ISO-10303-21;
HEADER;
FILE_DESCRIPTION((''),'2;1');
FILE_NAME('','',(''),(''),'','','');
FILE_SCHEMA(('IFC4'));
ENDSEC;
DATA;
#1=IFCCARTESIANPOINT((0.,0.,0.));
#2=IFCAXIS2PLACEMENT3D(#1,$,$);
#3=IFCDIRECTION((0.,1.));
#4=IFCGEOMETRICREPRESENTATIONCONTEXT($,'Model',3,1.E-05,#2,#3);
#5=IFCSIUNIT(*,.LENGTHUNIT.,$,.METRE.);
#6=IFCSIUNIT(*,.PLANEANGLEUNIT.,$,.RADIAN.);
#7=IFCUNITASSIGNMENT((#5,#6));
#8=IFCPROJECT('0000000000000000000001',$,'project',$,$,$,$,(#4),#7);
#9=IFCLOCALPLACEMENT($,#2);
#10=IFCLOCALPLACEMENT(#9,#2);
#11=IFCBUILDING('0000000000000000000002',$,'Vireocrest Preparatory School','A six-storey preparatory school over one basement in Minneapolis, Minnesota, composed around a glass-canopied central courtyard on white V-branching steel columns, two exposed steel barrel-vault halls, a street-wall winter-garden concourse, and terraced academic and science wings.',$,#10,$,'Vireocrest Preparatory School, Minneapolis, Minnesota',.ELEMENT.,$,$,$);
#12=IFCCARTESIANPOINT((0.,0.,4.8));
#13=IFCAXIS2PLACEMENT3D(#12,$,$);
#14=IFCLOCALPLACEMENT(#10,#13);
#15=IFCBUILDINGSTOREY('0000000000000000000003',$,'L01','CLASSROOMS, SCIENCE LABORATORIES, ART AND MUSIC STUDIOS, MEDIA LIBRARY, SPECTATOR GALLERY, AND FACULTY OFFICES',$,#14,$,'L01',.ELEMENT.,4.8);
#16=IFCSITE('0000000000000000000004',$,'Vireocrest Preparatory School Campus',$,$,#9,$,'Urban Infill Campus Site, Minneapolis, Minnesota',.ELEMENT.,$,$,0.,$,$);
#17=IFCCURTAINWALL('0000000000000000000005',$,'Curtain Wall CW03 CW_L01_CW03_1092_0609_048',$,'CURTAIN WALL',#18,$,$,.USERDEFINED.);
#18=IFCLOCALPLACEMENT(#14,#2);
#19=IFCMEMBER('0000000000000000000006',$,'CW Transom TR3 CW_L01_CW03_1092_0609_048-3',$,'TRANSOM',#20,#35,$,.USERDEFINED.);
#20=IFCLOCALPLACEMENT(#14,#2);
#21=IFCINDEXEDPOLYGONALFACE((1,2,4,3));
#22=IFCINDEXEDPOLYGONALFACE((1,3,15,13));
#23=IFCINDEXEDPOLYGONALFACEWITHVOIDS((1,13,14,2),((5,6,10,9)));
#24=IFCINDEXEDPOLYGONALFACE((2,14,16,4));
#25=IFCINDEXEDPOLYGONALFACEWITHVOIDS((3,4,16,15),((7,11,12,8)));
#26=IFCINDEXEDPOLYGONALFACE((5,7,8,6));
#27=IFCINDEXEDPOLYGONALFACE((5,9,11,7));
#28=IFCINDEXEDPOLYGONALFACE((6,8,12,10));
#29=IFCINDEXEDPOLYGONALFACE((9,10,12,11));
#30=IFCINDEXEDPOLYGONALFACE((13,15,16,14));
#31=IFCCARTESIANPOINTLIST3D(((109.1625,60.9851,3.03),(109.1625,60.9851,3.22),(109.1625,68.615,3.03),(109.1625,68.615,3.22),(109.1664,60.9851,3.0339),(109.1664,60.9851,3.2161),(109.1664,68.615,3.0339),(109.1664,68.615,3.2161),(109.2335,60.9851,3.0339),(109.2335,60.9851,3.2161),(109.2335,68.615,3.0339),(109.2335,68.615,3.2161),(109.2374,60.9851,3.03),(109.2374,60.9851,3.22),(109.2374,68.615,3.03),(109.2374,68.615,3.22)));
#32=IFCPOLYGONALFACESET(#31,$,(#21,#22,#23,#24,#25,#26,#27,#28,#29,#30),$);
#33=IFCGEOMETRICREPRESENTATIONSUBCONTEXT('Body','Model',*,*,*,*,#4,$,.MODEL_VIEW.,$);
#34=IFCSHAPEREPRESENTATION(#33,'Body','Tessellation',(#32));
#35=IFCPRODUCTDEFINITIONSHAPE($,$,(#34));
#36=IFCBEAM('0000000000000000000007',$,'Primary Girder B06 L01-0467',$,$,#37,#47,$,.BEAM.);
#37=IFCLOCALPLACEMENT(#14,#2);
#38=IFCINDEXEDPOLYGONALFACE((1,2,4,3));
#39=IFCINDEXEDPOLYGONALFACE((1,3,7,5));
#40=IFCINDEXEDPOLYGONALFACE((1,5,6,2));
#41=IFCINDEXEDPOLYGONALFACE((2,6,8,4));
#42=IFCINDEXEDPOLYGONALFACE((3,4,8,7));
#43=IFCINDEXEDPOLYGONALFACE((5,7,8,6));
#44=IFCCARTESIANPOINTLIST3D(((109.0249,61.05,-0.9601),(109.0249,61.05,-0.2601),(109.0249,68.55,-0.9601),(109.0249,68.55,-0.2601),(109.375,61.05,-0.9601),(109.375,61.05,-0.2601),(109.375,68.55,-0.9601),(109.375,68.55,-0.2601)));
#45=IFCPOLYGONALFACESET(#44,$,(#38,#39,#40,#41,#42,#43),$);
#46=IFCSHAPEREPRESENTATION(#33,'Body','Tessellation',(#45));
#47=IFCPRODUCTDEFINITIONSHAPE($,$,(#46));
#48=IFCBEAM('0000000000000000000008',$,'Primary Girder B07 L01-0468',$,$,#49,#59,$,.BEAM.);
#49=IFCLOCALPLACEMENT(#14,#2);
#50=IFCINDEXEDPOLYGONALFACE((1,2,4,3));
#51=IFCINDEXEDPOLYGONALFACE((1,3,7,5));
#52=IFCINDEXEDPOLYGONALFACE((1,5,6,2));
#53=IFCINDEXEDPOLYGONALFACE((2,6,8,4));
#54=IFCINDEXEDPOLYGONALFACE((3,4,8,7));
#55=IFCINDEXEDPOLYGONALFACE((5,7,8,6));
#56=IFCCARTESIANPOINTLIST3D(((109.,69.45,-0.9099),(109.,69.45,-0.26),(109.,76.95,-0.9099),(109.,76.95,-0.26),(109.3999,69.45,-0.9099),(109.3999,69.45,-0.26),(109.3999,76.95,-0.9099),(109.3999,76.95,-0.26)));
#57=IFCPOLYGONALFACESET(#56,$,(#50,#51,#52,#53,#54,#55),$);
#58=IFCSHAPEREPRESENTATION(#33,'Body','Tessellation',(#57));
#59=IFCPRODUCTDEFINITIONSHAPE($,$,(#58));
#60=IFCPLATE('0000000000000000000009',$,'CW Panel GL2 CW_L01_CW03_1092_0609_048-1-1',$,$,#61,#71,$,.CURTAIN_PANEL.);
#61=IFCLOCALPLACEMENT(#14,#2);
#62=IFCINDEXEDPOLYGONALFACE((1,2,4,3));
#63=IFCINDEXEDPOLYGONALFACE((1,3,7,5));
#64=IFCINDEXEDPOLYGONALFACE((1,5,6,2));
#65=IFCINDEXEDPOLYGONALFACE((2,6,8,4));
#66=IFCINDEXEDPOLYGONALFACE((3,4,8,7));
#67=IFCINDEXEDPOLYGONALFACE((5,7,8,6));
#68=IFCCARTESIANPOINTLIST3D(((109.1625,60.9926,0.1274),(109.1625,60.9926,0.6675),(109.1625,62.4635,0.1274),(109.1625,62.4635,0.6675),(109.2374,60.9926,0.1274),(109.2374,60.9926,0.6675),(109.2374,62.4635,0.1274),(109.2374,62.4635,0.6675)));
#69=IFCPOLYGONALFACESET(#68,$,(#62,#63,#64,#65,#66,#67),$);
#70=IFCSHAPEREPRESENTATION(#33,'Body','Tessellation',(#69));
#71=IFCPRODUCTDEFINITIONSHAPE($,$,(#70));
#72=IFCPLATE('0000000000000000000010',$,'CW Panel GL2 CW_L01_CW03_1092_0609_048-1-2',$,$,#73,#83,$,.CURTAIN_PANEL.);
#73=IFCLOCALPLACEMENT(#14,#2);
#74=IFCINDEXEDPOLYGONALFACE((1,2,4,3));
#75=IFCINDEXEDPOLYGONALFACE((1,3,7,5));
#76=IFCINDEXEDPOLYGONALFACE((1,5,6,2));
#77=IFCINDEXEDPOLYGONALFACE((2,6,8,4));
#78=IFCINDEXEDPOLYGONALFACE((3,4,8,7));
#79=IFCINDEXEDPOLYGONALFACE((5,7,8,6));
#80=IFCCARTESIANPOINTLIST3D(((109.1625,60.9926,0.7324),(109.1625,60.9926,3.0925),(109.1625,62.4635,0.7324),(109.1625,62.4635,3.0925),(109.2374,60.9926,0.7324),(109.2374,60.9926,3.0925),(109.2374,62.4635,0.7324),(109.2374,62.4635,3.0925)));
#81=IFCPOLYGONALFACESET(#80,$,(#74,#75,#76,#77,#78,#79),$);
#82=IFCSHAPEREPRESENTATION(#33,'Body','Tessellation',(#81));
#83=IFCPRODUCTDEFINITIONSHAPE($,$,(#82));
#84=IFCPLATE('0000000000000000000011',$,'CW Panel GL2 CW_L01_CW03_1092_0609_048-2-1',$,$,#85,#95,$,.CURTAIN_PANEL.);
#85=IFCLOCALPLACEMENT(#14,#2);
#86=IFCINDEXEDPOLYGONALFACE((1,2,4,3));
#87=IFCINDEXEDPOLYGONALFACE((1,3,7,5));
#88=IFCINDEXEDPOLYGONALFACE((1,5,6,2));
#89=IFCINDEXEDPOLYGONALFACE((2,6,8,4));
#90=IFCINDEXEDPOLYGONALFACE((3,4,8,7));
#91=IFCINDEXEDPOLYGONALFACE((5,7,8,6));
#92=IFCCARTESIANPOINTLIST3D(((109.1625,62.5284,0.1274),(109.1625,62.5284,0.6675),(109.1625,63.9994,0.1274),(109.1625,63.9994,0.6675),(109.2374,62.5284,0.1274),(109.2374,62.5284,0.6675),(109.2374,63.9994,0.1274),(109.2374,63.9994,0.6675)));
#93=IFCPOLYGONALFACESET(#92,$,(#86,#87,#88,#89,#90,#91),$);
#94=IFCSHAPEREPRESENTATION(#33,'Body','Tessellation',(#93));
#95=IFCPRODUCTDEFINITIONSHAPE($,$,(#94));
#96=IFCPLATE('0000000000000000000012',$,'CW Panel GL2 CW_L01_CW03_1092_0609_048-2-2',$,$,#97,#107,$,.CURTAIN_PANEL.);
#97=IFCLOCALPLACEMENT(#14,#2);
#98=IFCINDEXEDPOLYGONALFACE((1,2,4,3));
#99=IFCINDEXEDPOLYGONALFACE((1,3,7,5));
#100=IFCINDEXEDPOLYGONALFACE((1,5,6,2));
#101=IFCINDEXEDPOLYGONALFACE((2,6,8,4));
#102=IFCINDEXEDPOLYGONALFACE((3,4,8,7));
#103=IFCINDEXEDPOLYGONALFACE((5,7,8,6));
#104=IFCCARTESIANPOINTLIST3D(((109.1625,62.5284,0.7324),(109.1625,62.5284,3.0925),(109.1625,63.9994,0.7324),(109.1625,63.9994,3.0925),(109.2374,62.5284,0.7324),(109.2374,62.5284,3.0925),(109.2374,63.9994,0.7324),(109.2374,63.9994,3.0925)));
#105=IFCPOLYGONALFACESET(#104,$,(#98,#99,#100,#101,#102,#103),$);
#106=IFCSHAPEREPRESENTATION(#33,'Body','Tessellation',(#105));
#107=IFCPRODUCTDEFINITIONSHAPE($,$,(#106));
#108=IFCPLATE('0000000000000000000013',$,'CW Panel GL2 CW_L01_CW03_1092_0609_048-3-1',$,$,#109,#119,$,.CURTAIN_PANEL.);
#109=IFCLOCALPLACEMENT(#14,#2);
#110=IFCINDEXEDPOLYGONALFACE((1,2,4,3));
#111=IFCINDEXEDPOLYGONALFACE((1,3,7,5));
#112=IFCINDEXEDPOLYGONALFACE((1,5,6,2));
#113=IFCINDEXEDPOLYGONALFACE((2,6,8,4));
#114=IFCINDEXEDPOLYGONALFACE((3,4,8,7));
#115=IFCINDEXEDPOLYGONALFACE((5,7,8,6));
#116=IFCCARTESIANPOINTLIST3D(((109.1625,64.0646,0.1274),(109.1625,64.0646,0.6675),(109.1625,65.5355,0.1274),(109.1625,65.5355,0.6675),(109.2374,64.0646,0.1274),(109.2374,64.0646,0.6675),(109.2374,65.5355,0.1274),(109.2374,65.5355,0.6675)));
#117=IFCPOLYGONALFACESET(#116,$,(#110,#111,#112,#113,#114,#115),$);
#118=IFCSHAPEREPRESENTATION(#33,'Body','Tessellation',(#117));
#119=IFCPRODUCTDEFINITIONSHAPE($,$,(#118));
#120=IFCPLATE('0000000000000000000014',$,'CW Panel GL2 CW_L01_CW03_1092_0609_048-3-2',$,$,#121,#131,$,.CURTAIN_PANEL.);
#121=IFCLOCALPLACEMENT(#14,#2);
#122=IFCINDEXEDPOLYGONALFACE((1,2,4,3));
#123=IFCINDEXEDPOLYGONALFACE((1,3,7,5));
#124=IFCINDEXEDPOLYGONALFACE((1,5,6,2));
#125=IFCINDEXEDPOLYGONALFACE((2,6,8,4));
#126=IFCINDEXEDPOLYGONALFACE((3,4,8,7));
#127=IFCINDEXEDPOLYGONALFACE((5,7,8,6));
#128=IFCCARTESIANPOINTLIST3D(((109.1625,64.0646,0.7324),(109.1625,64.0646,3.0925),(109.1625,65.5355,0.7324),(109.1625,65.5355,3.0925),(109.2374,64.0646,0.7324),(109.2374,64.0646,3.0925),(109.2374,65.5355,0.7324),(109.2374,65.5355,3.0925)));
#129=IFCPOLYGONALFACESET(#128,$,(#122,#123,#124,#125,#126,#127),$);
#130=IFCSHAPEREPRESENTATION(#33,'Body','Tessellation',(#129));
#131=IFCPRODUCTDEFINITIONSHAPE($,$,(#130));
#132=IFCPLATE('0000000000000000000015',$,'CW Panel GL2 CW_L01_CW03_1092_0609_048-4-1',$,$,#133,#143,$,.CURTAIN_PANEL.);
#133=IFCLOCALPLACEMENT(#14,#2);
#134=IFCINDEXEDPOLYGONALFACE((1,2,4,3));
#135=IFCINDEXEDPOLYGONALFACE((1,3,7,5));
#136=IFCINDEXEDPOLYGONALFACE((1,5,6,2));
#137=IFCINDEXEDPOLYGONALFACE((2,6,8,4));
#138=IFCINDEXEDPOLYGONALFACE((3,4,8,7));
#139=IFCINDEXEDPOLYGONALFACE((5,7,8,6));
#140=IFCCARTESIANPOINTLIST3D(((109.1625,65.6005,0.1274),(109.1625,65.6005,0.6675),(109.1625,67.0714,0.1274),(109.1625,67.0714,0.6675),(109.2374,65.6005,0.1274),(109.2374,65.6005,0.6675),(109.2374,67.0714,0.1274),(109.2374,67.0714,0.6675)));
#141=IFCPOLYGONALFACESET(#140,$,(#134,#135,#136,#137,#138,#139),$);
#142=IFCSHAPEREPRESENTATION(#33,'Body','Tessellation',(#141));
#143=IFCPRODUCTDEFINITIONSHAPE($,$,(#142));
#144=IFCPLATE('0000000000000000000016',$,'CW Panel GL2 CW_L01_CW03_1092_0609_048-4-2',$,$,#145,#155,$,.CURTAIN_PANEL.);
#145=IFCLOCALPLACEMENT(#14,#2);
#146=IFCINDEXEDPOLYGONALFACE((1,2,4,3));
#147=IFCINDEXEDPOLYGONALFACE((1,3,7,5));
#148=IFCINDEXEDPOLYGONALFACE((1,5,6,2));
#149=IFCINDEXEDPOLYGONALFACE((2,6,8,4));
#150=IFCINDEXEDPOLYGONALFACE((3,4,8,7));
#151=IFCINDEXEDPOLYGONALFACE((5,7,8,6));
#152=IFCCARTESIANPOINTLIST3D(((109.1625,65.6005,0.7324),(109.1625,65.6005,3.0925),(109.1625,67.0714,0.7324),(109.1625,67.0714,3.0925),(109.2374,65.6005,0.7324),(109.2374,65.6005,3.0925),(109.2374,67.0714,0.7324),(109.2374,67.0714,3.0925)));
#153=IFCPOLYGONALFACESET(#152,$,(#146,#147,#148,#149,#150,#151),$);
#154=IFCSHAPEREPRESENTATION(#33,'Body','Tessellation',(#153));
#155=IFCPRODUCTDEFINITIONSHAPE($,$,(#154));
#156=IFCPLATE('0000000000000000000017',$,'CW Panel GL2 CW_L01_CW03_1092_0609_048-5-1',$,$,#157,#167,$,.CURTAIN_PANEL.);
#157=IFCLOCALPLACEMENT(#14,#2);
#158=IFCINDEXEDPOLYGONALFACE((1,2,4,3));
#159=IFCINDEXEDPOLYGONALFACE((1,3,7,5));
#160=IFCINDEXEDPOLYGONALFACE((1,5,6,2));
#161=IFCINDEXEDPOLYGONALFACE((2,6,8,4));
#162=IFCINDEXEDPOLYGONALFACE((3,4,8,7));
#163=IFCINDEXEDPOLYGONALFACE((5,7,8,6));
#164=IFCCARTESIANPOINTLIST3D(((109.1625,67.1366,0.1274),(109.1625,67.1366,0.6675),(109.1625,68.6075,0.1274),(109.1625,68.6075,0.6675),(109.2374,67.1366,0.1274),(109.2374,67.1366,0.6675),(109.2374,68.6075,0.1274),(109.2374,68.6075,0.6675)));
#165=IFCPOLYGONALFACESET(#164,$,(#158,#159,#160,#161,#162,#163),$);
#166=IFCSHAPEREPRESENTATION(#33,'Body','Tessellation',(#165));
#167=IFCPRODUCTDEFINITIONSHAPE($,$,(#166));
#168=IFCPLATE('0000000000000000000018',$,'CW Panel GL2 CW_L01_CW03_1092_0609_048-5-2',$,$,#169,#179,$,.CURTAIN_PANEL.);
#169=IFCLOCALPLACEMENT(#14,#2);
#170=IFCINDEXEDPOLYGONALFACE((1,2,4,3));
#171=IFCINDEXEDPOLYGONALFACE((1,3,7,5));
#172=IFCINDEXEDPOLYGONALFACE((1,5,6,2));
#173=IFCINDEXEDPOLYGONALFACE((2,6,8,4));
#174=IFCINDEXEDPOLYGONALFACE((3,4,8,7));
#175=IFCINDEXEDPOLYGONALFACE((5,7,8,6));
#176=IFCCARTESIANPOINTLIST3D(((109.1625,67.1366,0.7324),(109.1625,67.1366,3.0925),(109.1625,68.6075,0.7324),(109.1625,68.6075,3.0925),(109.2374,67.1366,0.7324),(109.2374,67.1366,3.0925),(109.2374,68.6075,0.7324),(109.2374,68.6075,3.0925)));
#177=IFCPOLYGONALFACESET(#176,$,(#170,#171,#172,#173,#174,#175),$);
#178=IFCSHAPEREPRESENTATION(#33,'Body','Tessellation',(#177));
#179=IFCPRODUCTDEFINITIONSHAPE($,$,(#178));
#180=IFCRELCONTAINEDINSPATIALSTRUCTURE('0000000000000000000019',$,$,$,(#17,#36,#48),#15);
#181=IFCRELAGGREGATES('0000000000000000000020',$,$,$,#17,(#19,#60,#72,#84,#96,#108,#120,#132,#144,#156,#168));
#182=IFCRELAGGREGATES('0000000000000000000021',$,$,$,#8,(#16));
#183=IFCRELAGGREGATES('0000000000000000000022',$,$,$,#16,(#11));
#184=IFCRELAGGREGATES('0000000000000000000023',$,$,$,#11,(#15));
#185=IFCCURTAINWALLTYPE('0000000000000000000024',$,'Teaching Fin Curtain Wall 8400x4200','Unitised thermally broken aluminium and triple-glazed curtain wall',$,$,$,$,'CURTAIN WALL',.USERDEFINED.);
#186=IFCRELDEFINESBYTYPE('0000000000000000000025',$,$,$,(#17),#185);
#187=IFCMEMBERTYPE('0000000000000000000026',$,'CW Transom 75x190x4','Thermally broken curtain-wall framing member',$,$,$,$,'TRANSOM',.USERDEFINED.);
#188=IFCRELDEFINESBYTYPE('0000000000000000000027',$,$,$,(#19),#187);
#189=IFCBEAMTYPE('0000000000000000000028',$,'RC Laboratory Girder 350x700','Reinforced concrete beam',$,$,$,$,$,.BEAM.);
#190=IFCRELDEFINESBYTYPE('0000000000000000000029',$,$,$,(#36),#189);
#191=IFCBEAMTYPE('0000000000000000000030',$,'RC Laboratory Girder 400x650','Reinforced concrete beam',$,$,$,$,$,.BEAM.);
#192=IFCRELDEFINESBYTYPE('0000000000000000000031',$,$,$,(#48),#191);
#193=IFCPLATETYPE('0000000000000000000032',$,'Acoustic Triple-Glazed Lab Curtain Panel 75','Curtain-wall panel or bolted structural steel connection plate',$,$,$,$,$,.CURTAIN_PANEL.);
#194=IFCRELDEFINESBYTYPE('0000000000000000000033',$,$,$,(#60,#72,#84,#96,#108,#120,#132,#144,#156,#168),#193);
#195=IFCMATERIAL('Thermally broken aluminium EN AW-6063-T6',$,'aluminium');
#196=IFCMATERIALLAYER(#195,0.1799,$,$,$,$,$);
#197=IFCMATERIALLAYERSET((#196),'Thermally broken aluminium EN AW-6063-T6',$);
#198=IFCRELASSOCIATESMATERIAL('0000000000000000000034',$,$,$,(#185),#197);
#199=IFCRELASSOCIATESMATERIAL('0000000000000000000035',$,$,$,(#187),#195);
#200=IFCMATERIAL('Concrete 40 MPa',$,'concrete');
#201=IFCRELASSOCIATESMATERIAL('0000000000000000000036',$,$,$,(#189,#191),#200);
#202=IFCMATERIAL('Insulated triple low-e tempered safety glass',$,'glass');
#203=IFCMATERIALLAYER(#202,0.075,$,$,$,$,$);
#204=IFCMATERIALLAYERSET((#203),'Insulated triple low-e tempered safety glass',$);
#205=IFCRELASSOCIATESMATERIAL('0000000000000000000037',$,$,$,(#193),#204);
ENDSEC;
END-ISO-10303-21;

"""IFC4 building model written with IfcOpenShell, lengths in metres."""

from ifc_helpers import new_model, si_unit, direction, frame, origin, origin_2d, place, context, subcontext, project, spatial, rectangle, hollow_rectangle, extrude, material, layer, layer_set, material_profile, profile_set, type_object, element, aggregate, save


model = new_model("IFC4")

# Units and contexts
model_context = context("Model", 3, precision=1e-05, world=origin(), true_north=direction((0.0, 1.0)))
body_context = subcontext(model_context, "Body", "Model", "MODEL_VIEW")
ifc_project = project(units=[si_unit("LENGTHUNIT", "METRE"), si_unit("PLANEANGLEUNIT", "RADIAN")], contexts=[model_context])

# Site, building, storey
site_placement = place(None, origin())
site = spatial("IfcSite", under=ifc_project, at=site_placement, Name="Vireocrest Preparatory School Campus", LongName="Urban Infill Campus Site, Minneapolis, Minnesota", CompositionType="ELEMENT", RefElevation=0.0)
building_placement = place(site_placement, origin())
building = spatial("IfcBuilding", under=site, at=building_placement, Name="Vireocrest Preparatory School", Description="A six-storey preparatory school over one basement in Minneapolis, Minnesota, composed around a glass-canopied central courtyard on white V-branching steel columns, two exposed steel barrel-vault halls, a street-wall winter-garden concourse, and terraced academic and science wings.", LongName="Vireocrest Preparatory School, Minneapolis, Minnesota", CompositionType="ELEMENT")
storey_placement = place(building_placement, frame((0.0, 0.0, 4.8)))
storey = spatial("IfcBuildingStorey", under=building, at=storey_placement, Name="L01", Description="CLASSROOMS, SCIENCE LABORATORIES, ART AND MUSIC STUDIOS, MEDIA LIBRARY, SPECTATOR GALLERY, AND FACULTY OFFICES", LongName="L01", CompositionType="ELEMENT", Elevation=4.8)

# Shared definitions
ifc_material_1 = material(Name="Thermally broken aluminium EN AW-6063-T6", Category="aluminium")
ifc_layer_1 = layer(ifc_material_1, 0.1799)
ifc_layer_set_1 = layer_set([ifc_layer_1], Name="Thermally broken aluminium EN AW-6063-T6")
curtain_wall_type = type_object("IfcCurtainWallType", Name="Teaching Fin Curtain Wall 8400x4200", Description="Unitised thermally broken aluminium and triple-glazed curtain wall", ElementType="CURTAIN WALL", PredefinedType="USERDEFINED", material=ifc_layer_set_1)

# Curtain wall, member
curtain_wall_1_placement = place(storey_placement, origin())
curtain_wall_1 = element("IfcCurtainWall", 1, at=curtain_wall_1_placement, inside=storey, type_object=curtain_wall_type, Name="Curtain Wall CW03 CW_L01_CW03_1092_0609_048", ObjectType="CURTAIN WALL", PredefinedType="USERDEFINED")
ifc_material_profile_1 = material_profile(ifc_material_1, hollow_rectangle(XDim=0.075, YDim=0.1899, WallThickness=0.0039, at=origin_2d()), Name="ALU 75x190x4")
ifc_profile_set_1 = profile_set([ifc_material_profile_1], Name="Thermally broken aluminium EN AW-6063-T6")
member_type_1 = type_object("IfcMemberType", Name="CW Transom 75x190x4", Description="Thermally broken curtain-wall framing member", ElementType="TRANSOM", PredefinedType="USERDEFINED", material=ifc_profile_set_1)
member_1_placement = place(storey_placement, frame((109.2, 60.9851, 3.125), z_axis=(0.0, 1.0, 0.0), x_axis=(-1.0, 0.0, 0.0)))
member_1 = element("IfcMember", 2, at=member_1_placement, type_object=member_type_1, Name="CW Transom TR3 CW_L01_CW03_1092_0609_048-3", ObjectType="TRANSOM", PredefinedType="USERDEFINED", context=body_context, shape_type="SweptSolid", body=[
    extrude(hollow_rectangle(XDim=0.075, YDim=0.1899, WallThickness=0.0039, at=origin_2d()), origin(), (0.0, 0.0, 1.0), 7.6299),
])

# Beams
ifc_material_2 = material(Name="Concrete 40 MPa", Category="concrete")
ifc_material_profile_2 = material_profile(ifc_material_2, rectangle(XDim=0.3501, YDim=0.7, at=origin_2d()), Name="RC 350x700")
ifc_profile_set_2 = profile_set([ifc_material_profile_2], Name="Concrete 40 MPa")
beam_type_1 = type_object("IfcBeamType", Name="RC Laboratory Girder 350x700", Description="Reinforced concrete beam", PredefinedType="BEAM", material=ifc_profile_set_2)
beam_1_placement = place(storey_placement, frame((109.2, 61.05, -0.6101), z_axis=(0.0, 1.0, 0.0), x_axis=(-1.0, 0.0, 0.0)))
element("IfcBeam", 3, at=beam_1_placement, inside=storey, type_object=beam_type_1, Name="Primary Girder B06 L01-0467", PredefinedType="BEAM", context=body_context, shape_type="SweptSolid", body=[
    extrude(rectangle(XDim=0.3501, YDim=0.7, at=origin_2d()), origin(), (0.0, 0.0, 1.0), 7.5),
])
ifc_material_profile_3 = material_profile(ifc_material_2, rectangle(XDim=0.3999, YDim=0.6499, at=origin_2d()), Name="RC 400x650")
ifc_profile_set_3 = profile_set([ifc_material_profile_3], Name="Concrete 40 MPa")
beam_type_2 = type_object("IfcBeamType", Name="RC Laboratory Girder 400x650", Description="Reinforced concrete beam", PredefinedType="BEAM", material=ifc_profile_set_3)
beam_2_placement = place(storey_placement, frame((109.2, 69.45, -0.585), z_axis=(0.0, 1.0, 0.0), x_axis=(-1.0, 0.0, 0.0)))
element("IfcBeam", 4, at=beam_2_placement, inside=storey, type_object=beam_type_2, Name="Primary Girder B07 L01-0468", PredefinedType="BEAM", context=body_context, shape_type="SweptSolid", body=[
    extrude(rectangle(XDim=0.3999, YDim=0.6499, at=origin_2d()), origin(), (0.0, 0.0, 1.0), 7.5),
])

# Plates
ifc_material_3 = material(Name="Insulated triple low-e tempered safety glass", Category="glass")
ifc_layer_2 = layer(ifc_material_3, 0.075)
ifc_layer_set_2 = layer_set([ifc_layer_2], Name="Insulated triple low-e tempered safety glass")
plate_type = type_object("IfcPlateType", Name="Acoustic Triple-Glazed Lab Curtain Panel 75", Description="Curtain-wall panel or bolted structural steel connection plate", PredefinedType="CURTAIN_PANEL", material=ifc_layer_set_2)
plate_1_placement = place(storey_placement, frame((109.2, 61.728, 0.1274), z_axis=(0.0, 0.0, 1.0), x_axis=(0.0, 1.0, 0.0)))
plate_1 = element("IfcPlate", 5, at=plate_1_placement, type_object=plate_type, Name="CW Panel GL2 CW_L01_CW03_1092_0609_048-1-1", PredefinedType="CURTAIN_PANEL", context=body_context, shape_type="SweptSolid", body=[
    extrude(rectangle(XDim=1.4709, YDim=0.075, at=origin_2d()), origin(), (0.0, 0.0, 1.0), 0.54),
])
plate_2_placement = place(storey_placement, frame((109.2, 61.728, 0.7324), z_axis=(0.0, 0.0, 1.0), x_axis=(0.0, 1.0, 0.0)))
plate_2 = element("IfcPlate", 6, at=plate_2_placement, type_object=plate_type, Name="CW Panel GL2 CW_L01_CW03_1092_0609_048-1-2", PredefinedType="CURTAIN_PANEL", context=body_context, shape_type="SweptSolid", body=[
    extrude(rectangle(XDim=1.4709, YDim=0.075, at=origin_2d()), origin(), (0.0, 0.0, 1.0), 2.3601),
])
plate_3_placement = place(storey_placement, frame((109.2, 63.2639, 0.1274), z_axis=(0.0, 0.0, 1.0), x_axis=(0.0, 1.0, 0.0)))
plate_3 = element("IfcPlate", 7, at=plate_3_placement, type_object=plate_type, Name="CW Panel GL2 CW_L01_CW03_1092_0609_048-2-1", PredefinedType="CURTAIN_PANEL", context=body_context, shape_type="SweptSolid", body=[
    extrude(rectangle(XDim=1.4709, YDim=0.075, at=origin_2d()), origin(), (0.0, 0.0, 1.0), 0.54),
])
plate_4_placement = place(storey_placement, frame((109.2, 63.2639, 0.7324), z_axis=(0.0, 0.0, 1.0), x_axis=(0.0, 1.0, 0.0)))
plate_4 = element("IfcPlate", 8, at=plate_4_placement, type_object=plate_type, Name="CW Panel GL2 CW_L01_CW03_1092_0609_048-2-2", PredefinedType="CURTAIN_PANEL", context=body_context, shape_type="SweptSolid", body=[
    extrude(rectangle(XDim=1.4709, YDim=0.075, at=origin_2d()), origin(), (0.0, 0.0, 1.0), 2.3601),
])
plate_5_placement = place(storey_placement, frame((109.2, 64.8, 0.1274), z_axis=(0.0, 0.0, 1.0), x_axis=(0.0, 1.0, 0.0)))
plate_5 = element("IfcPlate", 9, at=plate_5_placement, type_object=plate_type, Name="CW Panel GL2 CW_L01_CW03_1092_0609_048-3-1", PredefinedType="CURTAIN_PANEL", context=body_context, shape_type="SweptSolid", body=[
    extrude(rectangle(XDim=1.4709, YDim=0.075, at=origin_2d()), origin(), (0.0, 0.0, 1.0), 0.54),
])
plate_6_placement = place(storey_placement, frame((109.2, 64.8, 0.7324), z_axis=(0.0, 0.0, 1.0), x_axis=(0.0, 1.0, 0.0)))
plate_6 = element("IfcPlate", 10, at=plate_6_placement, type_object=plate_type, Name="CW Panel GL2 CW_L01_CW03_1092_0609_048-3-2", PredefinedType="CURTAIN_PANEL", context=body_context, shape_type="SweptSolid", body=[
    extrude(rectangle(XDim=1.4709, YDim=0.075, at=origin_2d()), origin(), (0.0, 0.0, 1.0), 2.3601),
])
plate_7_placement = place(storey_placement, frame((109.2, 66.3359, 0.1274), z_axis=(0.0, 0.0, 1.0), x_axis=(0.0, 1.0, 0.0)))
plate_7 = element("IfcPlate", 11, at=plate_7_placement, type_object=plate_type, Name="CW Panel GL2 CW_L01_CW03_1092_0609_048-4-1", PredefinedType="CURTAIN_PANEL", context=body_context, shape_type="SweptSolid", body=[
    extrude(rectangle(XDim=1.4709, YDim=0.075, at=origin_2d()), origin(), (0.0, 0.0, 1.0), 0.54),
])
plate_8_placement = place(storey_placement, frame((109.2, 66.3359, 0.7324), z_axis=(0.0, 0.0, 1.0), x_axis=(0.0, 1.0, 0.0)))
plate_8 = element("IfcPlate", 12, at=plate_8_placement, type_object=plate_type, Name="CW Panel GL2 CW_L01_CW03_1092_0609_048-4-2", PredefinedType="CURTAIN_PANEL", context=body_context, shape_type="SweptSolid", body=[
    extrude(rectangle(XDim=1.4709, YDim=0.075, at=origin_2d()), origin(), (0.0, 0.0, 1.0), 2.3601),
])
plate_9_placement = place(storey_placement, frame((109.2, 67.8721, 0.1274), z_axis=(0.0, 0.0, 1.0), x_axis=(0.0, 1.0, 0.0)))
plate_9 = element("IfcPlate", 13, at=plate_9_placement, type_object=plate_type, Name="CW Panel GL2 CW_L01_CW03_1092_0609_048-5-1", PredefinedType="CURTAIN_PANEL", context=body_context, shape_type="SweptSolid", body=[
    extrude(rectangle(XDim=1.4709, YDim=0.075, at=origin_2d()), origin(), (0.0, 0.0, 1.0), 0.54),
])
plate_10_placement = place(storey_placement, frame((109.2, 67.8721, 0.7324), z_axis=(0.0, 0.0, 1.0), x_axis=(0.0, 1.0, 0.0)))
plate_10 = element("IfcPlate", 14, at=plate_10_placement, type_object=plate_type, Name="CW Panel GL2 CW_L01_CW03_1092_0609_048-5-2", PredefinedType="CURTAIN_PANEL", context=body_context, shape_type="SweptSolid", body=[
    extrude(rectangle(XDim=1.4709, YDim=0.075, at=origin_2d()), origin(), (0.0, 0.0, 1.0), 2.3601),
])
aggregate(curtain_wall_1, [member_1, plate_1, plate_2, plate_3, plate_4, plate_5, plate_6, plate_7, plate_8, plate_9, plate_10])

save(model, "model.ifc")
